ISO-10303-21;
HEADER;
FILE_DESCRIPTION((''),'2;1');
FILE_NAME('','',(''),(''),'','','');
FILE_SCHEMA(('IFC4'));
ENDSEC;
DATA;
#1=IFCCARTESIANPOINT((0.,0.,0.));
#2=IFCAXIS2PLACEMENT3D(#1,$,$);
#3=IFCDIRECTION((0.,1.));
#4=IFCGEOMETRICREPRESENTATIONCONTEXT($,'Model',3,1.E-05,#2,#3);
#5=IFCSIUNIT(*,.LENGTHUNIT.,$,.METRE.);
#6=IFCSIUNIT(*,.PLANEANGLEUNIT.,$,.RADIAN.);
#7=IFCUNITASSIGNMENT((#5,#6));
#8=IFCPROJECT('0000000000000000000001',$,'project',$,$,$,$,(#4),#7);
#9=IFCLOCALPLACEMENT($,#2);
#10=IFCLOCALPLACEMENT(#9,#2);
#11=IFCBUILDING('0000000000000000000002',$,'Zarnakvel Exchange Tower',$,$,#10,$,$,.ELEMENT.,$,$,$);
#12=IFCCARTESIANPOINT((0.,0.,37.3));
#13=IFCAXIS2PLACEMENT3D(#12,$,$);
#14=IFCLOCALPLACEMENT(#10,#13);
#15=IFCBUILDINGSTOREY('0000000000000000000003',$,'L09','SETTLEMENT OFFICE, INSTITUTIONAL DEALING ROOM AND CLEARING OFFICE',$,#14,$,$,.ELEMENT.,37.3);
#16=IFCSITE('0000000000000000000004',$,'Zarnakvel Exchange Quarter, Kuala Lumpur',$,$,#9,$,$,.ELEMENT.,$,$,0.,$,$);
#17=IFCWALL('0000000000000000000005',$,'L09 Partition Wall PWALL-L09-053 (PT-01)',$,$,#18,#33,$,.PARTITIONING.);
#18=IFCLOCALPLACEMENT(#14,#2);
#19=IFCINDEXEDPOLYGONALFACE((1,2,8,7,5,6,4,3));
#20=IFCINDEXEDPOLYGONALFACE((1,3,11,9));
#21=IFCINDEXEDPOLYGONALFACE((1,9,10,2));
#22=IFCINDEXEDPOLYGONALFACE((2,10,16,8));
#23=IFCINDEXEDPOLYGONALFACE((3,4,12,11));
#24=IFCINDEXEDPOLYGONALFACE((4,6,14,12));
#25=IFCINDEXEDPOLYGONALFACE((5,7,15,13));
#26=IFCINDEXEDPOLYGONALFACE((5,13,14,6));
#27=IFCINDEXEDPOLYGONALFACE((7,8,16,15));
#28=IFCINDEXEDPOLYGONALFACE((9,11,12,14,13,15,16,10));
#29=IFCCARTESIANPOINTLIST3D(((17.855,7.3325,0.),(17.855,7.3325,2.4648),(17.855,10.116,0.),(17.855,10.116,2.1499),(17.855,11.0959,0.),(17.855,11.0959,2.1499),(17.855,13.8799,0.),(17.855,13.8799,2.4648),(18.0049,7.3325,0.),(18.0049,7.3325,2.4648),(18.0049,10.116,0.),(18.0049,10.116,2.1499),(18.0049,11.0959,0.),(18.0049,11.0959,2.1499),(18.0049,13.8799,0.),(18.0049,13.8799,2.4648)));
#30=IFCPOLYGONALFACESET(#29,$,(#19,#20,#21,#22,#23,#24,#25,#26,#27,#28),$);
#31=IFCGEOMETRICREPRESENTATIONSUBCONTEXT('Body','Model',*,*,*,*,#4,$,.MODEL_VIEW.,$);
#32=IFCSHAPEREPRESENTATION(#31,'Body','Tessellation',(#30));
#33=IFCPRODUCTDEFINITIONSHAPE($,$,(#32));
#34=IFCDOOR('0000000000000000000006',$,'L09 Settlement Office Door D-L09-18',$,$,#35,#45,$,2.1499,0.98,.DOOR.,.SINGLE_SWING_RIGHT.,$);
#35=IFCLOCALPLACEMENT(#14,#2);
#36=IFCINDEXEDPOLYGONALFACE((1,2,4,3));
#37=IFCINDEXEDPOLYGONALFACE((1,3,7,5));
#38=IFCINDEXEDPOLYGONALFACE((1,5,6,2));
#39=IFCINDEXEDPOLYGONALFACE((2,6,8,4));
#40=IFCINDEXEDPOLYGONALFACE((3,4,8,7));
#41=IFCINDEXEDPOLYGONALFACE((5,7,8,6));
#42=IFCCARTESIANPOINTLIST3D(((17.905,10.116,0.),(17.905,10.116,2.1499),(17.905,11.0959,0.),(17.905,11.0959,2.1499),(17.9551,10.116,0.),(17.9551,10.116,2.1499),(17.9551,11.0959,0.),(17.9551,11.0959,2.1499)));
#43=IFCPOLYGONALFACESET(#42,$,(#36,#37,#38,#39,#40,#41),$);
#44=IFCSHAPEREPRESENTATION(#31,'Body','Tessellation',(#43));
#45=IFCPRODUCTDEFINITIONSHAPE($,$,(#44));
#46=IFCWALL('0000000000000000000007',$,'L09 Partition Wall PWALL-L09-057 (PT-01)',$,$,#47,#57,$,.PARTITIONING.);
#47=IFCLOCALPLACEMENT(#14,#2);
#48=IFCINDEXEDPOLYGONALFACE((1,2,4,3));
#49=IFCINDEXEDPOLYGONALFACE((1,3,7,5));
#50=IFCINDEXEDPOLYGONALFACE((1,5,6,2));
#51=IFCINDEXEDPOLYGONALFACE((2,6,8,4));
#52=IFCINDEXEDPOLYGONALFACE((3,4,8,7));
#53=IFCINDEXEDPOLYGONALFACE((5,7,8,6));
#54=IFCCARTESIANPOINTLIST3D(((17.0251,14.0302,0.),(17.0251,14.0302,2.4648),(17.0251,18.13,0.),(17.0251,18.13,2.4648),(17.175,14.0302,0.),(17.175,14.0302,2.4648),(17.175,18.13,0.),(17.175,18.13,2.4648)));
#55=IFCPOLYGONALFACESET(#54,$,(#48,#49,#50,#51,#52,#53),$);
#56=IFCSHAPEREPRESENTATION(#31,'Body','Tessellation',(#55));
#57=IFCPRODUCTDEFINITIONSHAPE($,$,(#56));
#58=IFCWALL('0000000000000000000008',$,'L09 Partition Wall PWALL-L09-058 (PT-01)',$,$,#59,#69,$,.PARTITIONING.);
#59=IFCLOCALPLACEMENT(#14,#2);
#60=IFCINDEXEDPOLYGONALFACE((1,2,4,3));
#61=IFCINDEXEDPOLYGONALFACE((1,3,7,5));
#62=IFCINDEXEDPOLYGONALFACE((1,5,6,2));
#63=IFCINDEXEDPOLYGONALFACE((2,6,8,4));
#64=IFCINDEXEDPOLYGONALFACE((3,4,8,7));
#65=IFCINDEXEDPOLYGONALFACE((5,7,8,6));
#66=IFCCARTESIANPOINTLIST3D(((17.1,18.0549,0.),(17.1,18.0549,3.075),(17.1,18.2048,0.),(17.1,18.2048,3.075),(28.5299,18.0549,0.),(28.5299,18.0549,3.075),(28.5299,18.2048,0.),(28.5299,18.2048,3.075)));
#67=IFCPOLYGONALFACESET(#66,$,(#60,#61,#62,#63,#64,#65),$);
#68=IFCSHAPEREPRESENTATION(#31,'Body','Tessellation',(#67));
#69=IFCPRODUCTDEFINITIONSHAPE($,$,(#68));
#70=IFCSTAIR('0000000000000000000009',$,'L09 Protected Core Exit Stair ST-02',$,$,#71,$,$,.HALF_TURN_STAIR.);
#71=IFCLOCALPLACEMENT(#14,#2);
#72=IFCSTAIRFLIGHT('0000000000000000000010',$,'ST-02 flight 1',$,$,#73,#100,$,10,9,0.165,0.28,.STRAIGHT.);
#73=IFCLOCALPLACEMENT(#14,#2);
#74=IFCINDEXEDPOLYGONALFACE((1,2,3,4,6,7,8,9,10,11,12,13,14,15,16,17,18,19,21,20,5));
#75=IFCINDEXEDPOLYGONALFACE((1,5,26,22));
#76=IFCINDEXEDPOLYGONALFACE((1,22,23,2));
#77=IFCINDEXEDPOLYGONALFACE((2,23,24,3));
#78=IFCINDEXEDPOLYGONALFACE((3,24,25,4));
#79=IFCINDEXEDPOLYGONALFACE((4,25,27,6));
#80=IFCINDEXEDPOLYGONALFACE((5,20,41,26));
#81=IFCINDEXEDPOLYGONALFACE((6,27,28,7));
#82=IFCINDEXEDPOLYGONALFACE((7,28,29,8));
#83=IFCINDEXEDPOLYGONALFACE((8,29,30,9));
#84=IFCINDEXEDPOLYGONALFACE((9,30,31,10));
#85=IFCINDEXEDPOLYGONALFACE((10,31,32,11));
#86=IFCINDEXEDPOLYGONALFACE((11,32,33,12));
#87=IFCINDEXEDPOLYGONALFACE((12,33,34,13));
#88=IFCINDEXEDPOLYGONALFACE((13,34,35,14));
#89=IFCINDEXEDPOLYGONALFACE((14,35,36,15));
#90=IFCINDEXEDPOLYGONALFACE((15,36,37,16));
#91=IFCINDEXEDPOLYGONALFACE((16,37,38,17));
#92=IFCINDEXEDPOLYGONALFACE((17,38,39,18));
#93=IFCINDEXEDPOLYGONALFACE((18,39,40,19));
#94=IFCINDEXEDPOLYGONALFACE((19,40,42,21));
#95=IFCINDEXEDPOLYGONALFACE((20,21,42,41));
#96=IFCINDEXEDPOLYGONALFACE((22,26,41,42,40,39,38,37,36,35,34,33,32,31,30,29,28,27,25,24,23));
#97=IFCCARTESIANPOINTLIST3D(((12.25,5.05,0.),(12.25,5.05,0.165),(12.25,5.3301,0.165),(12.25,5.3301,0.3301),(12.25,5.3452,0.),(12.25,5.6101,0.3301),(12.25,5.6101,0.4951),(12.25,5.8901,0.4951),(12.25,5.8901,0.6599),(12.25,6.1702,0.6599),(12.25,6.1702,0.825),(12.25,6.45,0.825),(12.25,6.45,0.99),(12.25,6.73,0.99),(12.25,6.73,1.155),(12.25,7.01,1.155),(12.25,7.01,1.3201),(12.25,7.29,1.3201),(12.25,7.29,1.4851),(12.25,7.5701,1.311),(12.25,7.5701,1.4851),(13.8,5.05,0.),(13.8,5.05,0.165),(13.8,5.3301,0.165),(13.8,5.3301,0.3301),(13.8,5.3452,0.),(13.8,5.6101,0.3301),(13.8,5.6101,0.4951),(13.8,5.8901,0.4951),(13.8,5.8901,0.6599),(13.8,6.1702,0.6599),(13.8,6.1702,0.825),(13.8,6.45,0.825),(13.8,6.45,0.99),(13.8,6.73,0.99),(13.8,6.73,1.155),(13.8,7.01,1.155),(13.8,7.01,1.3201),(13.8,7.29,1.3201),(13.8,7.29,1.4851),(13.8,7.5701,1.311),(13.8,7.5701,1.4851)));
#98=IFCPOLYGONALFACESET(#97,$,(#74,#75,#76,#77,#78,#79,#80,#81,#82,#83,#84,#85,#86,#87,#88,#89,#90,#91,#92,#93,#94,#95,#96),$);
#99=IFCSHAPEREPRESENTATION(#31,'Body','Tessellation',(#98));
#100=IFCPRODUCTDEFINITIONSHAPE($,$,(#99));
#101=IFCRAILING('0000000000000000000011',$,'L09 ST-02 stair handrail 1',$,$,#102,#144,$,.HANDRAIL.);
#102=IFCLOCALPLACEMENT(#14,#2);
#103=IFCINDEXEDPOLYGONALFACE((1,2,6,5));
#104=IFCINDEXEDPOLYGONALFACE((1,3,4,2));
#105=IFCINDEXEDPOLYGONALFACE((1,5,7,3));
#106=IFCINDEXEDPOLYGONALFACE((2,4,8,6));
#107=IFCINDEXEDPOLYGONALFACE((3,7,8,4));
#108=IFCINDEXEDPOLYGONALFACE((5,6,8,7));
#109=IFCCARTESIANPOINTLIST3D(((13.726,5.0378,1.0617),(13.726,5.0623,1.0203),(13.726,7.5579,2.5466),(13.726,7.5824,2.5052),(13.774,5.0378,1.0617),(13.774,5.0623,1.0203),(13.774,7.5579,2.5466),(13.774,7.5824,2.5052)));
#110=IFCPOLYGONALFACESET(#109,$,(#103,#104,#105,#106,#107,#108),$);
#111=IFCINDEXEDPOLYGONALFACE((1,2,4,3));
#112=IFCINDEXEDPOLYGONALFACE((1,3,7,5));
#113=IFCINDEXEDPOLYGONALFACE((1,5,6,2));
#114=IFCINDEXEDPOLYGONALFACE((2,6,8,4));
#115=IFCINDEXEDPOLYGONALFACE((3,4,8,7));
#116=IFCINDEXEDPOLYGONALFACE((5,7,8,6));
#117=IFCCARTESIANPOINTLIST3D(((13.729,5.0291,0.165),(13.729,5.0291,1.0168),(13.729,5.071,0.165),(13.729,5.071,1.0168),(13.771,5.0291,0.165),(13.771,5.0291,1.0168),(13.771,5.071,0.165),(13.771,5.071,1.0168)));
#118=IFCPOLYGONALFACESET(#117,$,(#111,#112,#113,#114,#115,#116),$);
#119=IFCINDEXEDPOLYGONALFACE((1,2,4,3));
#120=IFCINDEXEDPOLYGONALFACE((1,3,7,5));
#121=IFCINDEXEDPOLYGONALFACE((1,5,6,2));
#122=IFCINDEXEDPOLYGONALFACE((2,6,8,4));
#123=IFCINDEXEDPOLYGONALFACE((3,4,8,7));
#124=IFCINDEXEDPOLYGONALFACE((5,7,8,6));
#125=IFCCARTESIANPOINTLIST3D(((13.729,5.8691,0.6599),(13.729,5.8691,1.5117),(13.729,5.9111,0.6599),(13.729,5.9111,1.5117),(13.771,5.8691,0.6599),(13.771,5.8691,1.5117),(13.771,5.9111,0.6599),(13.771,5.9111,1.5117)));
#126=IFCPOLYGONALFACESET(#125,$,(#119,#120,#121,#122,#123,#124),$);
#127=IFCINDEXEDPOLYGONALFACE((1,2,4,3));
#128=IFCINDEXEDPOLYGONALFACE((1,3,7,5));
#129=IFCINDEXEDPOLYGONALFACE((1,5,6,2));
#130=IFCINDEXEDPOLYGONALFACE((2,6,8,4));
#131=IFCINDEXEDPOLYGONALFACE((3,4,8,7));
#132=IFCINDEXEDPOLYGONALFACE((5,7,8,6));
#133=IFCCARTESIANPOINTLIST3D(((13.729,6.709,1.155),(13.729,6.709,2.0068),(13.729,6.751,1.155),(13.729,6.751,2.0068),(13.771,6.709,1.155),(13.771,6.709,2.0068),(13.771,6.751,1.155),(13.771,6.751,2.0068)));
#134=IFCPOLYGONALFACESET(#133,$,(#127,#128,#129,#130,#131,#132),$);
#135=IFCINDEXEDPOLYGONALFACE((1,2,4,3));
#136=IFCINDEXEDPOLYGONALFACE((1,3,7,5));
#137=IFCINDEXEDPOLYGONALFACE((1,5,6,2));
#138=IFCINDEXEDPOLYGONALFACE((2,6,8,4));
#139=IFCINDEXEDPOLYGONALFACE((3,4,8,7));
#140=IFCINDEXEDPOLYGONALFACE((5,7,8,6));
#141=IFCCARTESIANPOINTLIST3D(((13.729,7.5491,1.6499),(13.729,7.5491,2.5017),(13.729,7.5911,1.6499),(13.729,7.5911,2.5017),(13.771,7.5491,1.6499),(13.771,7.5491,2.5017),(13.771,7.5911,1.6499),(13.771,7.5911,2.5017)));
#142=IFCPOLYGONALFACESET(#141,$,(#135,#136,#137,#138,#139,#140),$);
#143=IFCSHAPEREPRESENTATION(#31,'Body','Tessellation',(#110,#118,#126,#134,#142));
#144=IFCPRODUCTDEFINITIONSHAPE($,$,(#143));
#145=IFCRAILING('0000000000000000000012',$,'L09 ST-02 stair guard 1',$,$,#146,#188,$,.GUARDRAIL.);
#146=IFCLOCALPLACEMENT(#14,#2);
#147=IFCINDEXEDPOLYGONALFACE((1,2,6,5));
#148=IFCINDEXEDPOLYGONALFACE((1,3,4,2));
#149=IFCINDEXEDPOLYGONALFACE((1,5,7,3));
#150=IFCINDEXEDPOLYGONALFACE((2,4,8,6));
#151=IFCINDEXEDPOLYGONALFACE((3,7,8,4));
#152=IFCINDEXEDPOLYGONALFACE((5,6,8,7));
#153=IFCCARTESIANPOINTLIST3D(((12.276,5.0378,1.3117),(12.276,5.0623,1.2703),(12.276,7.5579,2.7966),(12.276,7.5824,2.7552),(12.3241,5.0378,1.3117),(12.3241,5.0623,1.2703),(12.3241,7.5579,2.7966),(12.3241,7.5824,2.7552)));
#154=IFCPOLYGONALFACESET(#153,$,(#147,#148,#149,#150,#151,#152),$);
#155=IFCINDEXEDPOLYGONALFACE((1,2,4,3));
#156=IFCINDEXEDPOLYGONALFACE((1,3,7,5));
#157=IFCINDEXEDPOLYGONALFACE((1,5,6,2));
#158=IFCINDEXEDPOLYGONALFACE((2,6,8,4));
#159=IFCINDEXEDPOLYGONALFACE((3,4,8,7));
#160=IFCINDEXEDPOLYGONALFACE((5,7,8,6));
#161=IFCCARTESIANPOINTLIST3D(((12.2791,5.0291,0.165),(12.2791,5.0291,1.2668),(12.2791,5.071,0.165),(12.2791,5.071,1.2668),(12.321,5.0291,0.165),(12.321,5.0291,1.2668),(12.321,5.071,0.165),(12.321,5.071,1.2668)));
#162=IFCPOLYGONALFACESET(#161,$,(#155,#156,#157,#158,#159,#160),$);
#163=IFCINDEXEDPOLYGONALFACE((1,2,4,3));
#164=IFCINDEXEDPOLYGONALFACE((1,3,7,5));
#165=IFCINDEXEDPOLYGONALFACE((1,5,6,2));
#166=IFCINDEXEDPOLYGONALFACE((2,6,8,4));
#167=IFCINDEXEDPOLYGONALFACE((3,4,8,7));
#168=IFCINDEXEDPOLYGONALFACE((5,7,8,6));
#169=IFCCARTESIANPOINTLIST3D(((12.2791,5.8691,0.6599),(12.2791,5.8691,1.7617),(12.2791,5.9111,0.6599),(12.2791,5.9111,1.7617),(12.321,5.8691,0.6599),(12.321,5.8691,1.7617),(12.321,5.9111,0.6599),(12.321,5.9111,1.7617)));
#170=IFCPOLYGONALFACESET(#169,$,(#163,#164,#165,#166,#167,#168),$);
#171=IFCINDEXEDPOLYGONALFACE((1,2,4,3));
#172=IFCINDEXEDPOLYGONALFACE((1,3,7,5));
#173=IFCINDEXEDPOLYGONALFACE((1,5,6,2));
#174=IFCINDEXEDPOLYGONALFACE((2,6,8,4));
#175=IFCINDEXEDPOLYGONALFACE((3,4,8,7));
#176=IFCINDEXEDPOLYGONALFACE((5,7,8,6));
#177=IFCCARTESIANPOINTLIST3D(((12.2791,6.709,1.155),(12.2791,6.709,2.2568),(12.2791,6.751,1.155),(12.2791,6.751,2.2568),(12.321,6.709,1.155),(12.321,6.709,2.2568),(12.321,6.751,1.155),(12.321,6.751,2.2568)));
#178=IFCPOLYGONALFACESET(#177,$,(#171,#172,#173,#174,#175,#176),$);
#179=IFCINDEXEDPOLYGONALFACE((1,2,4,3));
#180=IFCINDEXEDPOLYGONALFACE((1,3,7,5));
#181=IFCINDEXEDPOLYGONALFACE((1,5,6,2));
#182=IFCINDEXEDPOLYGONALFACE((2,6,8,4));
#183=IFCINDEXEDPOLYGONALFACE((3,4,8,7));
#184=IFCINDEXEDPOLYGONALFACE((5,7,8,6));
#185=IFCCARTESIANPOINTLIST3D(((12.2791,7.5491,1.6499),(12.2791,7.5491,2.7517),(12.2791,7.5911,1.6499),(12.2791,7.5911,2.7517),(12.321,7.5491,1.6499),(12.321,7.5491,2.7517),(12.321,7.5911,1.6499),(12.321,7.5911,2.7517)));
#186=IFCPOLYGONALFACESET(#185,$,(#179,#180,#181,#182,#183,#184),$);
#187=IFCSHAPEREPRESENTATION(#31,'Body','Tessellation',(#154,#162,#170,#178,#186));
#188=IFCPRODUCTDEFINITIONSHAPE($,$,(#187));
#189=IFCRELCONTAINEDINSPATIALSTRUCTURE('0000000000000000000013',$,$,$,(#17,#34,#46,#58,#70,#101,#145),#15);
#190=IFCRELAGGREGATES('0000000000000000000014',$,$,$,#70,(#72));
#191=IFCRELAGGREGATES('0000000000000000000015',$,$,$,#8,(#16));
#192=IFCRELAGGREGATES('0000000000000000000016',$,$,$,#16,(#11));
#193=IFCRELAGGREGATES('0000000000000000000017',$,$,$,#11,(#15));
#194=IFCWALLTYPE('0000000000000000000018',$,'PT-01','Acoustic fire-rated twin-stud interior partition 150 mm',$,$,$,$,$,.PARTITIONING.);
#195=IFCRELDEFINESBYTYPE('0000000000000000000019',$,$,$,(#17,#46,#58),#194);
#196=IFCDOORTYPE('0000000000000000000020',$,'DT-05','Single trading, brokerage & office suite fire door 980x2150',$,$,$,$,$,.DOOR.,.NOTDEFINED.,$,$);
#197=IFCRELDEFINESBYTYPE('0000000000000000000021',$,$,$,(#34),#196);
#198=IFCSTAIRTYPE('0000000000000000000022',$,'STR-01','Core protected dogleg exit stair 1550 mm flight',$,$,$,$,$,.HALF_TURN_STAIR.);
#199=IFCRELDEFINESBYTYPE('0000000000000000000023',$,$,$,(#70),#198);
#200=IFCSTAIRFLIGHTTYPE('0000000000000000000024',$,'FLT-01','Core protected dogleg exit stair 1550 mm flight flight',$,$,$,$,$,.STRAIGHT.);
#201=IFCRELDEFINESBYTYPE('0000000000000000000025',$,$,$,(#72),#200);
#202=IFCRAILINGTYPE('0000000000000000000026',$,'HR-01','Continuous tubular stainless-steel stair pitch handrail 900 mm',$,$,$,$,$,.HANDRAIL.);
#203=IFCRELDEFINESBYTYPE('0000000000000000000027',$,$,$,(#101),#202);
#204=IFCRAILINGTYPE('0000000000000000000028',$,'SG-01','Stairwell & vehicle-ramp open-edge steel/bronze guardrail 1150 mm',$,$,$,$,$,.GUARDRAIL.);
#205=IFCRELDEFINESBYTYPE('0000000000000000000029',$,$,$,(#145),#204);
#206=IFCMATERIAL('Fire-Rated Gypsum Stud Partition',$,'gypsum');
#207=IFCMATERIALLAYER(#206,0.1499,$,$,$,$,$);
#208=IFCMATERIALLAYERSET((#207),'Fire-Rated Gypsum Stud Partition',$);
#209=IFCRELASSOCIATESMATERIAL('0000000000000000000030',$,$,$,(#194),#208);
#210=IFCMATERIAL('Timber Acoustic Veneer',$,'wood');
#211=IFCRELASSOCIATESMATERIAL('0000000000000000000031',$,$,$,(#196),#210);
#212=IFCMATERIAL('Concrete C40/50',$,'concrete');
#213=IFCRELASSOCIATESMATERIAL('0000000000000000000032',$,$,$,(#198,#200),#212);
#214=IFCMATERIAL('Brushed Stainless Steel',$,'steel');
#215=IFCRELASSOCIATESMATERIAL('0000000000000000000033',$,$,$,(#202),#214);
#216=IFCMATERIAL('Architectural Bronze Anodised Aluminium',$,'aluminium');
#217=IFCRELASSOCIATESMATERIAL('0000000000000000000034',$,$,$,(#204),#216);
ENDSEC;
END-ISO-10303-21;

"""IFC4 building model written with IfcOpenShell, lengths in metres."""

from ifc_helpers import new_model, si_unit, direction, frame, frame_2d, origin, origin_2d, place, context, subcontext, project, spatial, polyline, rectangle, outline, extrude, source, transform, mapped, material, layer, layer_set, type_object, element, fill, aggregate, save


model = new_model("IFC4")

# Units and contexts
model_context = context("Model", 3, precision=1e-05, world=origin(), true_north=direction((0.0, 1.0)))
body_context = subcontext(model_context, "Body", "Model", "MODEL_VIEW")
ifc_project = project(units=[si_unit("LENGTHUNIT", "METRE"), si_unit("PLANEANGLEUNIT", "RADIAN")], contexts=[model_context])

# Site, building, storey
site_placement = place(None, origin())
site = spatial("IfcSite", under=ifc_project, at=site_placement, Name="Zarnakvel Exchange Quarter, Kuala Lumpur", CompositionType="ELEMENT", RefElevation=0.0)
building_placement = place(site_placement, origin())
building = spatial("IfcBuilding", under=site, at=building_placement, Name="Zarnakvel Exchange Tower", CompositionType="ELEMENT")
storey_placement = place(building_placement, frame((0.0, 0.0, 37.3)))
storey = spatial("IfcBuildingStorey", under=building, at=storey_placement, Name="L09", Description="SETTLEMENT OFFICE, INSTITUTIONAL DEALING ROOM AND CLEARING OFFICE", CompositionType="ELEMENT", Elevation=37.3)

# Shared definitions
ifc_material_1 = material(Name="Architectural Bronze Anodised Aluminium", Category="aluminium")

# Shared definitions
ifc_material_2 = material(Name="Fire-Rated Gypsum Stud Partition", Category="gypsum")
ifc_layer_1 = layer(ifc_material_2, 0.1499)
ifc_layer_set_1 = layer_set([ifc_layer_1], Name="Fire-Rated Gypsum Stud Partition")
wall_type_1 = type_object("IfcWallType", Name="PT-01", Description="Acoustic fire-rated twin-stud interior partition 150 mm", PredefinedType="PARTITIONING", material=ifc_layer_set_1)

# Wall, opening, door
wall_1_placement = place(storey_placement, frame((17.9299, 7.3325, 0.0), z_axis=(0.0, 0.0, 1.0), x_axis=(0.0, 1.0, 0.0)))
wall_1 = element("IfcWall", 1, at=wall_1_placement, inside=storey, type_object=wall_type_1, Name="L09 Partition Wall PWALL-L09-053 (PT-01)", PredefinedType="PARTITIONING", context=body_context, shape_type="SweptSolid", body=[
    extrude(rectangle(XDim=6.5474, YDim=0.1499, at=frame_2d((3.2737, 0.0))), origin(), (0.0, 0.0, 1.0), 2.4648),
])
opening_1_placement = place(wall_1_placement, frame((2.7834, 0.0, 0.0)))
opening_1 = element("IfcOpeningElement", 2, at=opening_1_placement, cuts=wall_1, PredefinedType="OPENING", context=body_context, shape_type="SweptSolid", body=[
    extrude(rectangle(XDim=0.98, YDim=2.1499, at=frame_2d((0.49, 1.075))), frame((0.0, 0.085, 0.0), z_axis=(0.0, -1.0, 0.0), x_axis=(1.0, 0.0, 0.0)), (0.0, 0.0, 1.0), 0.1699),
])
ifc_material_3 = material(Name="Timber Acoustic Veneer", Category="wood")
door_type_1 = type_object("IfcDoorType", Name="DT-05", Description="Single trading, brokerage & office suite fire door 980x2150", OperationType="NOTDEFINED", PredefinedType="DOOR", material=ifc_material_3)
shared_shape_1 = source(origin(), body_context, "Body", "SweptSolid", [
    extrude(rectangle(XDim=0.98, YDim=2.1499, at=frame_2d((0.49, 1.075))), frame((0.0, 0.0249, 0.0), z_axis=(0.0, -1.0, 0.0), x_axis=(1.0, 0.0, 0.0)), (0.0, 0.0, 1.0), 0.05),
])
door_1_placement = place(opening_1_placement, origin())
door_1 = element("IfcDoor", 3, at=door_1_placement, inside=storey, type_object=door_type_1, Name="L09 Settlement Office Door D-L09-18", OperationType="SINGLE_SWING_RIGHT", OverallHeight=2.1499, OverallWidth=0.98, PredefinedType="DOOR", context=body_context, shape_type="MappedRepresentation", body=[
    mapped(shared_shape_1, transform((0.0, 0.0, 0.0), x_axis=(1.0, 0.0, 0.0), y_axis=(0.0, 1.0, 0.0), z_axis=(0.0, 0.0, 1.0), scale=1.0)),
])
fill(opening_1, door_1)

# Walls
wall_2_placement = place(storey_placement, frame((17.1001, 18.1299, 0.0), z_axis=(0.0, 0.0, 1.0), x_axis=(0.0, -1.0, 0.0)))
element("IfcWall", 4, at=wall_2_placement, inside=storey, type_object=wall_type_1, Name="L09 Partition Wall PWALL-L09-057 (PT-01)", PredefinedType="PARTITIONING", context=body_context, shape_type="SweptSolid", body=[
    extrude(rectangle(XDim=4.0999, YDim=0.1499, at=frame_2d((2.0498, 0.0))), origin(), (0.0, 0.0, 1.0), 2.4648),
])
wall_3_placement = place(storey_placement, frame((17.1001, 18.1299, 0.0), z_axis=(0.0, 0.0, 1.0), x_axis=(1.0, 0.0, 0.0)))
element("IfcWall", 5, at=wall_3_placement, inside=storey, type_object=wall_type_1, Name="L09 Partition Wall PWALL-L09-058 (PT-01)", PredefinedType="PARTITIONING", context=body_context, shape_type="SweptSolid", body=[
    extrude(rectangle(XDim=11.4299, YDim=0.1499, at=frame_2d((5.7148, 0.0))), origin(), (0.0, 0.0, 1.0), 3.075),
])

# Shared definitions
ifc_material_4 = material(Name="Concrete C40/50", Category="concrete")

# Stair, stair flight
stair_type = type_object("IfcStairType", Name="STR-01", Description="Core protected dogleg exit stair 1550 mm flight", PredefinedType="HALF_TURN_STAIR", material=ifc_material_4)
stair_placement = place(storey_placement, origin())
stair = element("IfcStair", 6, at=stair_placement, inside=storey, type_object=stair_type, Name="L09 Protected Core Exit Stair ST-02", PredefinedType="HALF_TURN_STAIR")
stair_flight_type = type_object("IfcStairFlightType", Name="FLT-01", Description="Core protected dogleg exit stair 1550 mm flight flight", PredefinedType="STRAIGHT", material=ifc_material_4)
stair_flight_placement = place(storey_placement, frame((13.0249, 5.05, 0.0), z_axis=(0.0, 0.0, 1.0), x_axis=(0.0, 1.0, 0.0)))
stair_flight = element("IfcStairFlight", 7, at=stair_flight_placement, type_object=stair_flight_type, Name="ST-02 flight 1", NumberOfRisers=10, NumberOfTreads=9, PredefinedType="STRAIGHT", RiserHeight=0.165, TreadLength=0.28, context=body_context, shape_type="SweptSolid", body=[
    extrude(outline(polyline([(0.0, 0.0), (0.0, 0.165), (0.28, 0.165), (0.28, 0.3301), (0.5601, 0.3301), (0.5601, 0.4951), (0.8401, 0.4951), (0.8401, 0.6599), (1.1201, 0.6599), (1.1201, 0.825), (1.3999, 0.825), (1.3999, 0.99), (1.6799, 0.99), (1.6799, 1.155), (1.96, 1.155), (1.96, 1.3201), (2.24, 1.3201), (2.24, 1.4851), (2.52, 1.4851), (2.52, 1.6499), (2.52, 1.311), (0.2952, 0.0), (0.0, 0.0)])), frame((0.0, 0.7749, 0.0), z_axis=(0.0, -1.0, 0.0), x_axis=(1.0, 0.0, 0.0)), (0.0, 0.0, 1.0), 1.55),
])
aggregate(stair, [stair_flight])

# Railings
ifc_material_5 = material(Name="Brushed Stainless Steel", Category="steel")
railing_type_1 = type_object("IfcRailingType", Name="HR-01", Description="Continuous tubular stainless-steel stair pitch handrail 900 mm", PredefinedType="HANDRAIL", material=ifc_material_5)
railing_1_placement = place(storey_placement, frame((13.75, 5.05, 0.165)))
element("IfcRailing", 8, at=railing_1_placement, inside=storey, type_object=railing_type_1, Name="L09 ST-02 stair handrail 1", PredefinedType="HANDRAIL", context=body_context, shape_type="SweptSolid", body=[
    extrude(rectangle(XDim=0.0481, YDim=0.0481, at=origin_2d()), frame((0.0, 0.0, 0.876), z_axis=(0.0, 0.861561, 0.507655), x_axis=(-1.0, 0.0, 0.0)), (0.0, 0.0, 1.0), 2.925),
    extrude(rectangle(XDim=0.042, YDim=0.042, at=origin_2d()), origin(), (0.0, 0.0, 1.0), 0.8518),
    extrude(rectangle(XDim=0.042, YDim=0.042, at=origin_2d()), frame((0.0, 0.8401, 0.4949)), (0.0, 0.0, 1.0), 0.8518),
    extrude(rectangle(XDim=0.042, YDim=0.042, at=origin_2d()), frame((0.0, 1.6799, 0.99)), (0.0, 0.0, 1.0), 0.8518),
    extrude(rectangle(XDim=0.042, YDim=0.042, at=origin_2d()), frame((0.0, 2.52, 1.4849)), (0.0, 0.0, 1.0), 0.8518),
])
railing_type_2 = type_object("IfcRailingType", Name="SG-01", Description="Stairwell & vehicle-ramp open-edge steel/bronze guardrail 1150 mm", PredefinedType="GUARDRAIL", material=ifc_material_1)
railing_2_placement = place(storey_placement, frame((12.3, 5.05, 0.165)))
element("IfcRailing", 9, at=railing_2_placement, inside=storey, type_object=railing_type_2, Name="L09 ST-02 stair guard 1", PredefinedType="GUARDRAIL", context=body_context, shape_type="SweptSolid", body=[
    extrude(rectangle(XDim=0.0481, YDim=0.0481, at=origin_2d()), frame((0.0, 0.0, 1.126), z_axis=(0.0, 0.861561, 0.507655), x_axis=(-1.0, 0.0, 0.0)), (0.0, 0.0, 1.0), 2.925),
    extrude(rectangle(XDim=0.042, YDim=0.042, at=origin_2d()), origin(), (0.0, 0.0, 1.0), 1.1018),
    extrude(rectangle(XDim=0.042, YDim=0.042, at=origin_2d()), frame((0.0, 0.8401, 0.4949)), (0.0, 0.0, 1.0), 1.1018),
    extrude(rectangle(XDim=0.042, YDim=0.042, at=origin_2d()), frame((0.0, 1.6799, 0.99)), (0.0, 0.0, 1.0), 1.1018),
    extrude(rectangle(XDim=0.042, YDim=0.042, at=origin_2d()), frame((0.0, 2.52, 1.4849)), (0.0, 0.0, 1.0), 1.1018),
])

save(model, "model.ifc")
